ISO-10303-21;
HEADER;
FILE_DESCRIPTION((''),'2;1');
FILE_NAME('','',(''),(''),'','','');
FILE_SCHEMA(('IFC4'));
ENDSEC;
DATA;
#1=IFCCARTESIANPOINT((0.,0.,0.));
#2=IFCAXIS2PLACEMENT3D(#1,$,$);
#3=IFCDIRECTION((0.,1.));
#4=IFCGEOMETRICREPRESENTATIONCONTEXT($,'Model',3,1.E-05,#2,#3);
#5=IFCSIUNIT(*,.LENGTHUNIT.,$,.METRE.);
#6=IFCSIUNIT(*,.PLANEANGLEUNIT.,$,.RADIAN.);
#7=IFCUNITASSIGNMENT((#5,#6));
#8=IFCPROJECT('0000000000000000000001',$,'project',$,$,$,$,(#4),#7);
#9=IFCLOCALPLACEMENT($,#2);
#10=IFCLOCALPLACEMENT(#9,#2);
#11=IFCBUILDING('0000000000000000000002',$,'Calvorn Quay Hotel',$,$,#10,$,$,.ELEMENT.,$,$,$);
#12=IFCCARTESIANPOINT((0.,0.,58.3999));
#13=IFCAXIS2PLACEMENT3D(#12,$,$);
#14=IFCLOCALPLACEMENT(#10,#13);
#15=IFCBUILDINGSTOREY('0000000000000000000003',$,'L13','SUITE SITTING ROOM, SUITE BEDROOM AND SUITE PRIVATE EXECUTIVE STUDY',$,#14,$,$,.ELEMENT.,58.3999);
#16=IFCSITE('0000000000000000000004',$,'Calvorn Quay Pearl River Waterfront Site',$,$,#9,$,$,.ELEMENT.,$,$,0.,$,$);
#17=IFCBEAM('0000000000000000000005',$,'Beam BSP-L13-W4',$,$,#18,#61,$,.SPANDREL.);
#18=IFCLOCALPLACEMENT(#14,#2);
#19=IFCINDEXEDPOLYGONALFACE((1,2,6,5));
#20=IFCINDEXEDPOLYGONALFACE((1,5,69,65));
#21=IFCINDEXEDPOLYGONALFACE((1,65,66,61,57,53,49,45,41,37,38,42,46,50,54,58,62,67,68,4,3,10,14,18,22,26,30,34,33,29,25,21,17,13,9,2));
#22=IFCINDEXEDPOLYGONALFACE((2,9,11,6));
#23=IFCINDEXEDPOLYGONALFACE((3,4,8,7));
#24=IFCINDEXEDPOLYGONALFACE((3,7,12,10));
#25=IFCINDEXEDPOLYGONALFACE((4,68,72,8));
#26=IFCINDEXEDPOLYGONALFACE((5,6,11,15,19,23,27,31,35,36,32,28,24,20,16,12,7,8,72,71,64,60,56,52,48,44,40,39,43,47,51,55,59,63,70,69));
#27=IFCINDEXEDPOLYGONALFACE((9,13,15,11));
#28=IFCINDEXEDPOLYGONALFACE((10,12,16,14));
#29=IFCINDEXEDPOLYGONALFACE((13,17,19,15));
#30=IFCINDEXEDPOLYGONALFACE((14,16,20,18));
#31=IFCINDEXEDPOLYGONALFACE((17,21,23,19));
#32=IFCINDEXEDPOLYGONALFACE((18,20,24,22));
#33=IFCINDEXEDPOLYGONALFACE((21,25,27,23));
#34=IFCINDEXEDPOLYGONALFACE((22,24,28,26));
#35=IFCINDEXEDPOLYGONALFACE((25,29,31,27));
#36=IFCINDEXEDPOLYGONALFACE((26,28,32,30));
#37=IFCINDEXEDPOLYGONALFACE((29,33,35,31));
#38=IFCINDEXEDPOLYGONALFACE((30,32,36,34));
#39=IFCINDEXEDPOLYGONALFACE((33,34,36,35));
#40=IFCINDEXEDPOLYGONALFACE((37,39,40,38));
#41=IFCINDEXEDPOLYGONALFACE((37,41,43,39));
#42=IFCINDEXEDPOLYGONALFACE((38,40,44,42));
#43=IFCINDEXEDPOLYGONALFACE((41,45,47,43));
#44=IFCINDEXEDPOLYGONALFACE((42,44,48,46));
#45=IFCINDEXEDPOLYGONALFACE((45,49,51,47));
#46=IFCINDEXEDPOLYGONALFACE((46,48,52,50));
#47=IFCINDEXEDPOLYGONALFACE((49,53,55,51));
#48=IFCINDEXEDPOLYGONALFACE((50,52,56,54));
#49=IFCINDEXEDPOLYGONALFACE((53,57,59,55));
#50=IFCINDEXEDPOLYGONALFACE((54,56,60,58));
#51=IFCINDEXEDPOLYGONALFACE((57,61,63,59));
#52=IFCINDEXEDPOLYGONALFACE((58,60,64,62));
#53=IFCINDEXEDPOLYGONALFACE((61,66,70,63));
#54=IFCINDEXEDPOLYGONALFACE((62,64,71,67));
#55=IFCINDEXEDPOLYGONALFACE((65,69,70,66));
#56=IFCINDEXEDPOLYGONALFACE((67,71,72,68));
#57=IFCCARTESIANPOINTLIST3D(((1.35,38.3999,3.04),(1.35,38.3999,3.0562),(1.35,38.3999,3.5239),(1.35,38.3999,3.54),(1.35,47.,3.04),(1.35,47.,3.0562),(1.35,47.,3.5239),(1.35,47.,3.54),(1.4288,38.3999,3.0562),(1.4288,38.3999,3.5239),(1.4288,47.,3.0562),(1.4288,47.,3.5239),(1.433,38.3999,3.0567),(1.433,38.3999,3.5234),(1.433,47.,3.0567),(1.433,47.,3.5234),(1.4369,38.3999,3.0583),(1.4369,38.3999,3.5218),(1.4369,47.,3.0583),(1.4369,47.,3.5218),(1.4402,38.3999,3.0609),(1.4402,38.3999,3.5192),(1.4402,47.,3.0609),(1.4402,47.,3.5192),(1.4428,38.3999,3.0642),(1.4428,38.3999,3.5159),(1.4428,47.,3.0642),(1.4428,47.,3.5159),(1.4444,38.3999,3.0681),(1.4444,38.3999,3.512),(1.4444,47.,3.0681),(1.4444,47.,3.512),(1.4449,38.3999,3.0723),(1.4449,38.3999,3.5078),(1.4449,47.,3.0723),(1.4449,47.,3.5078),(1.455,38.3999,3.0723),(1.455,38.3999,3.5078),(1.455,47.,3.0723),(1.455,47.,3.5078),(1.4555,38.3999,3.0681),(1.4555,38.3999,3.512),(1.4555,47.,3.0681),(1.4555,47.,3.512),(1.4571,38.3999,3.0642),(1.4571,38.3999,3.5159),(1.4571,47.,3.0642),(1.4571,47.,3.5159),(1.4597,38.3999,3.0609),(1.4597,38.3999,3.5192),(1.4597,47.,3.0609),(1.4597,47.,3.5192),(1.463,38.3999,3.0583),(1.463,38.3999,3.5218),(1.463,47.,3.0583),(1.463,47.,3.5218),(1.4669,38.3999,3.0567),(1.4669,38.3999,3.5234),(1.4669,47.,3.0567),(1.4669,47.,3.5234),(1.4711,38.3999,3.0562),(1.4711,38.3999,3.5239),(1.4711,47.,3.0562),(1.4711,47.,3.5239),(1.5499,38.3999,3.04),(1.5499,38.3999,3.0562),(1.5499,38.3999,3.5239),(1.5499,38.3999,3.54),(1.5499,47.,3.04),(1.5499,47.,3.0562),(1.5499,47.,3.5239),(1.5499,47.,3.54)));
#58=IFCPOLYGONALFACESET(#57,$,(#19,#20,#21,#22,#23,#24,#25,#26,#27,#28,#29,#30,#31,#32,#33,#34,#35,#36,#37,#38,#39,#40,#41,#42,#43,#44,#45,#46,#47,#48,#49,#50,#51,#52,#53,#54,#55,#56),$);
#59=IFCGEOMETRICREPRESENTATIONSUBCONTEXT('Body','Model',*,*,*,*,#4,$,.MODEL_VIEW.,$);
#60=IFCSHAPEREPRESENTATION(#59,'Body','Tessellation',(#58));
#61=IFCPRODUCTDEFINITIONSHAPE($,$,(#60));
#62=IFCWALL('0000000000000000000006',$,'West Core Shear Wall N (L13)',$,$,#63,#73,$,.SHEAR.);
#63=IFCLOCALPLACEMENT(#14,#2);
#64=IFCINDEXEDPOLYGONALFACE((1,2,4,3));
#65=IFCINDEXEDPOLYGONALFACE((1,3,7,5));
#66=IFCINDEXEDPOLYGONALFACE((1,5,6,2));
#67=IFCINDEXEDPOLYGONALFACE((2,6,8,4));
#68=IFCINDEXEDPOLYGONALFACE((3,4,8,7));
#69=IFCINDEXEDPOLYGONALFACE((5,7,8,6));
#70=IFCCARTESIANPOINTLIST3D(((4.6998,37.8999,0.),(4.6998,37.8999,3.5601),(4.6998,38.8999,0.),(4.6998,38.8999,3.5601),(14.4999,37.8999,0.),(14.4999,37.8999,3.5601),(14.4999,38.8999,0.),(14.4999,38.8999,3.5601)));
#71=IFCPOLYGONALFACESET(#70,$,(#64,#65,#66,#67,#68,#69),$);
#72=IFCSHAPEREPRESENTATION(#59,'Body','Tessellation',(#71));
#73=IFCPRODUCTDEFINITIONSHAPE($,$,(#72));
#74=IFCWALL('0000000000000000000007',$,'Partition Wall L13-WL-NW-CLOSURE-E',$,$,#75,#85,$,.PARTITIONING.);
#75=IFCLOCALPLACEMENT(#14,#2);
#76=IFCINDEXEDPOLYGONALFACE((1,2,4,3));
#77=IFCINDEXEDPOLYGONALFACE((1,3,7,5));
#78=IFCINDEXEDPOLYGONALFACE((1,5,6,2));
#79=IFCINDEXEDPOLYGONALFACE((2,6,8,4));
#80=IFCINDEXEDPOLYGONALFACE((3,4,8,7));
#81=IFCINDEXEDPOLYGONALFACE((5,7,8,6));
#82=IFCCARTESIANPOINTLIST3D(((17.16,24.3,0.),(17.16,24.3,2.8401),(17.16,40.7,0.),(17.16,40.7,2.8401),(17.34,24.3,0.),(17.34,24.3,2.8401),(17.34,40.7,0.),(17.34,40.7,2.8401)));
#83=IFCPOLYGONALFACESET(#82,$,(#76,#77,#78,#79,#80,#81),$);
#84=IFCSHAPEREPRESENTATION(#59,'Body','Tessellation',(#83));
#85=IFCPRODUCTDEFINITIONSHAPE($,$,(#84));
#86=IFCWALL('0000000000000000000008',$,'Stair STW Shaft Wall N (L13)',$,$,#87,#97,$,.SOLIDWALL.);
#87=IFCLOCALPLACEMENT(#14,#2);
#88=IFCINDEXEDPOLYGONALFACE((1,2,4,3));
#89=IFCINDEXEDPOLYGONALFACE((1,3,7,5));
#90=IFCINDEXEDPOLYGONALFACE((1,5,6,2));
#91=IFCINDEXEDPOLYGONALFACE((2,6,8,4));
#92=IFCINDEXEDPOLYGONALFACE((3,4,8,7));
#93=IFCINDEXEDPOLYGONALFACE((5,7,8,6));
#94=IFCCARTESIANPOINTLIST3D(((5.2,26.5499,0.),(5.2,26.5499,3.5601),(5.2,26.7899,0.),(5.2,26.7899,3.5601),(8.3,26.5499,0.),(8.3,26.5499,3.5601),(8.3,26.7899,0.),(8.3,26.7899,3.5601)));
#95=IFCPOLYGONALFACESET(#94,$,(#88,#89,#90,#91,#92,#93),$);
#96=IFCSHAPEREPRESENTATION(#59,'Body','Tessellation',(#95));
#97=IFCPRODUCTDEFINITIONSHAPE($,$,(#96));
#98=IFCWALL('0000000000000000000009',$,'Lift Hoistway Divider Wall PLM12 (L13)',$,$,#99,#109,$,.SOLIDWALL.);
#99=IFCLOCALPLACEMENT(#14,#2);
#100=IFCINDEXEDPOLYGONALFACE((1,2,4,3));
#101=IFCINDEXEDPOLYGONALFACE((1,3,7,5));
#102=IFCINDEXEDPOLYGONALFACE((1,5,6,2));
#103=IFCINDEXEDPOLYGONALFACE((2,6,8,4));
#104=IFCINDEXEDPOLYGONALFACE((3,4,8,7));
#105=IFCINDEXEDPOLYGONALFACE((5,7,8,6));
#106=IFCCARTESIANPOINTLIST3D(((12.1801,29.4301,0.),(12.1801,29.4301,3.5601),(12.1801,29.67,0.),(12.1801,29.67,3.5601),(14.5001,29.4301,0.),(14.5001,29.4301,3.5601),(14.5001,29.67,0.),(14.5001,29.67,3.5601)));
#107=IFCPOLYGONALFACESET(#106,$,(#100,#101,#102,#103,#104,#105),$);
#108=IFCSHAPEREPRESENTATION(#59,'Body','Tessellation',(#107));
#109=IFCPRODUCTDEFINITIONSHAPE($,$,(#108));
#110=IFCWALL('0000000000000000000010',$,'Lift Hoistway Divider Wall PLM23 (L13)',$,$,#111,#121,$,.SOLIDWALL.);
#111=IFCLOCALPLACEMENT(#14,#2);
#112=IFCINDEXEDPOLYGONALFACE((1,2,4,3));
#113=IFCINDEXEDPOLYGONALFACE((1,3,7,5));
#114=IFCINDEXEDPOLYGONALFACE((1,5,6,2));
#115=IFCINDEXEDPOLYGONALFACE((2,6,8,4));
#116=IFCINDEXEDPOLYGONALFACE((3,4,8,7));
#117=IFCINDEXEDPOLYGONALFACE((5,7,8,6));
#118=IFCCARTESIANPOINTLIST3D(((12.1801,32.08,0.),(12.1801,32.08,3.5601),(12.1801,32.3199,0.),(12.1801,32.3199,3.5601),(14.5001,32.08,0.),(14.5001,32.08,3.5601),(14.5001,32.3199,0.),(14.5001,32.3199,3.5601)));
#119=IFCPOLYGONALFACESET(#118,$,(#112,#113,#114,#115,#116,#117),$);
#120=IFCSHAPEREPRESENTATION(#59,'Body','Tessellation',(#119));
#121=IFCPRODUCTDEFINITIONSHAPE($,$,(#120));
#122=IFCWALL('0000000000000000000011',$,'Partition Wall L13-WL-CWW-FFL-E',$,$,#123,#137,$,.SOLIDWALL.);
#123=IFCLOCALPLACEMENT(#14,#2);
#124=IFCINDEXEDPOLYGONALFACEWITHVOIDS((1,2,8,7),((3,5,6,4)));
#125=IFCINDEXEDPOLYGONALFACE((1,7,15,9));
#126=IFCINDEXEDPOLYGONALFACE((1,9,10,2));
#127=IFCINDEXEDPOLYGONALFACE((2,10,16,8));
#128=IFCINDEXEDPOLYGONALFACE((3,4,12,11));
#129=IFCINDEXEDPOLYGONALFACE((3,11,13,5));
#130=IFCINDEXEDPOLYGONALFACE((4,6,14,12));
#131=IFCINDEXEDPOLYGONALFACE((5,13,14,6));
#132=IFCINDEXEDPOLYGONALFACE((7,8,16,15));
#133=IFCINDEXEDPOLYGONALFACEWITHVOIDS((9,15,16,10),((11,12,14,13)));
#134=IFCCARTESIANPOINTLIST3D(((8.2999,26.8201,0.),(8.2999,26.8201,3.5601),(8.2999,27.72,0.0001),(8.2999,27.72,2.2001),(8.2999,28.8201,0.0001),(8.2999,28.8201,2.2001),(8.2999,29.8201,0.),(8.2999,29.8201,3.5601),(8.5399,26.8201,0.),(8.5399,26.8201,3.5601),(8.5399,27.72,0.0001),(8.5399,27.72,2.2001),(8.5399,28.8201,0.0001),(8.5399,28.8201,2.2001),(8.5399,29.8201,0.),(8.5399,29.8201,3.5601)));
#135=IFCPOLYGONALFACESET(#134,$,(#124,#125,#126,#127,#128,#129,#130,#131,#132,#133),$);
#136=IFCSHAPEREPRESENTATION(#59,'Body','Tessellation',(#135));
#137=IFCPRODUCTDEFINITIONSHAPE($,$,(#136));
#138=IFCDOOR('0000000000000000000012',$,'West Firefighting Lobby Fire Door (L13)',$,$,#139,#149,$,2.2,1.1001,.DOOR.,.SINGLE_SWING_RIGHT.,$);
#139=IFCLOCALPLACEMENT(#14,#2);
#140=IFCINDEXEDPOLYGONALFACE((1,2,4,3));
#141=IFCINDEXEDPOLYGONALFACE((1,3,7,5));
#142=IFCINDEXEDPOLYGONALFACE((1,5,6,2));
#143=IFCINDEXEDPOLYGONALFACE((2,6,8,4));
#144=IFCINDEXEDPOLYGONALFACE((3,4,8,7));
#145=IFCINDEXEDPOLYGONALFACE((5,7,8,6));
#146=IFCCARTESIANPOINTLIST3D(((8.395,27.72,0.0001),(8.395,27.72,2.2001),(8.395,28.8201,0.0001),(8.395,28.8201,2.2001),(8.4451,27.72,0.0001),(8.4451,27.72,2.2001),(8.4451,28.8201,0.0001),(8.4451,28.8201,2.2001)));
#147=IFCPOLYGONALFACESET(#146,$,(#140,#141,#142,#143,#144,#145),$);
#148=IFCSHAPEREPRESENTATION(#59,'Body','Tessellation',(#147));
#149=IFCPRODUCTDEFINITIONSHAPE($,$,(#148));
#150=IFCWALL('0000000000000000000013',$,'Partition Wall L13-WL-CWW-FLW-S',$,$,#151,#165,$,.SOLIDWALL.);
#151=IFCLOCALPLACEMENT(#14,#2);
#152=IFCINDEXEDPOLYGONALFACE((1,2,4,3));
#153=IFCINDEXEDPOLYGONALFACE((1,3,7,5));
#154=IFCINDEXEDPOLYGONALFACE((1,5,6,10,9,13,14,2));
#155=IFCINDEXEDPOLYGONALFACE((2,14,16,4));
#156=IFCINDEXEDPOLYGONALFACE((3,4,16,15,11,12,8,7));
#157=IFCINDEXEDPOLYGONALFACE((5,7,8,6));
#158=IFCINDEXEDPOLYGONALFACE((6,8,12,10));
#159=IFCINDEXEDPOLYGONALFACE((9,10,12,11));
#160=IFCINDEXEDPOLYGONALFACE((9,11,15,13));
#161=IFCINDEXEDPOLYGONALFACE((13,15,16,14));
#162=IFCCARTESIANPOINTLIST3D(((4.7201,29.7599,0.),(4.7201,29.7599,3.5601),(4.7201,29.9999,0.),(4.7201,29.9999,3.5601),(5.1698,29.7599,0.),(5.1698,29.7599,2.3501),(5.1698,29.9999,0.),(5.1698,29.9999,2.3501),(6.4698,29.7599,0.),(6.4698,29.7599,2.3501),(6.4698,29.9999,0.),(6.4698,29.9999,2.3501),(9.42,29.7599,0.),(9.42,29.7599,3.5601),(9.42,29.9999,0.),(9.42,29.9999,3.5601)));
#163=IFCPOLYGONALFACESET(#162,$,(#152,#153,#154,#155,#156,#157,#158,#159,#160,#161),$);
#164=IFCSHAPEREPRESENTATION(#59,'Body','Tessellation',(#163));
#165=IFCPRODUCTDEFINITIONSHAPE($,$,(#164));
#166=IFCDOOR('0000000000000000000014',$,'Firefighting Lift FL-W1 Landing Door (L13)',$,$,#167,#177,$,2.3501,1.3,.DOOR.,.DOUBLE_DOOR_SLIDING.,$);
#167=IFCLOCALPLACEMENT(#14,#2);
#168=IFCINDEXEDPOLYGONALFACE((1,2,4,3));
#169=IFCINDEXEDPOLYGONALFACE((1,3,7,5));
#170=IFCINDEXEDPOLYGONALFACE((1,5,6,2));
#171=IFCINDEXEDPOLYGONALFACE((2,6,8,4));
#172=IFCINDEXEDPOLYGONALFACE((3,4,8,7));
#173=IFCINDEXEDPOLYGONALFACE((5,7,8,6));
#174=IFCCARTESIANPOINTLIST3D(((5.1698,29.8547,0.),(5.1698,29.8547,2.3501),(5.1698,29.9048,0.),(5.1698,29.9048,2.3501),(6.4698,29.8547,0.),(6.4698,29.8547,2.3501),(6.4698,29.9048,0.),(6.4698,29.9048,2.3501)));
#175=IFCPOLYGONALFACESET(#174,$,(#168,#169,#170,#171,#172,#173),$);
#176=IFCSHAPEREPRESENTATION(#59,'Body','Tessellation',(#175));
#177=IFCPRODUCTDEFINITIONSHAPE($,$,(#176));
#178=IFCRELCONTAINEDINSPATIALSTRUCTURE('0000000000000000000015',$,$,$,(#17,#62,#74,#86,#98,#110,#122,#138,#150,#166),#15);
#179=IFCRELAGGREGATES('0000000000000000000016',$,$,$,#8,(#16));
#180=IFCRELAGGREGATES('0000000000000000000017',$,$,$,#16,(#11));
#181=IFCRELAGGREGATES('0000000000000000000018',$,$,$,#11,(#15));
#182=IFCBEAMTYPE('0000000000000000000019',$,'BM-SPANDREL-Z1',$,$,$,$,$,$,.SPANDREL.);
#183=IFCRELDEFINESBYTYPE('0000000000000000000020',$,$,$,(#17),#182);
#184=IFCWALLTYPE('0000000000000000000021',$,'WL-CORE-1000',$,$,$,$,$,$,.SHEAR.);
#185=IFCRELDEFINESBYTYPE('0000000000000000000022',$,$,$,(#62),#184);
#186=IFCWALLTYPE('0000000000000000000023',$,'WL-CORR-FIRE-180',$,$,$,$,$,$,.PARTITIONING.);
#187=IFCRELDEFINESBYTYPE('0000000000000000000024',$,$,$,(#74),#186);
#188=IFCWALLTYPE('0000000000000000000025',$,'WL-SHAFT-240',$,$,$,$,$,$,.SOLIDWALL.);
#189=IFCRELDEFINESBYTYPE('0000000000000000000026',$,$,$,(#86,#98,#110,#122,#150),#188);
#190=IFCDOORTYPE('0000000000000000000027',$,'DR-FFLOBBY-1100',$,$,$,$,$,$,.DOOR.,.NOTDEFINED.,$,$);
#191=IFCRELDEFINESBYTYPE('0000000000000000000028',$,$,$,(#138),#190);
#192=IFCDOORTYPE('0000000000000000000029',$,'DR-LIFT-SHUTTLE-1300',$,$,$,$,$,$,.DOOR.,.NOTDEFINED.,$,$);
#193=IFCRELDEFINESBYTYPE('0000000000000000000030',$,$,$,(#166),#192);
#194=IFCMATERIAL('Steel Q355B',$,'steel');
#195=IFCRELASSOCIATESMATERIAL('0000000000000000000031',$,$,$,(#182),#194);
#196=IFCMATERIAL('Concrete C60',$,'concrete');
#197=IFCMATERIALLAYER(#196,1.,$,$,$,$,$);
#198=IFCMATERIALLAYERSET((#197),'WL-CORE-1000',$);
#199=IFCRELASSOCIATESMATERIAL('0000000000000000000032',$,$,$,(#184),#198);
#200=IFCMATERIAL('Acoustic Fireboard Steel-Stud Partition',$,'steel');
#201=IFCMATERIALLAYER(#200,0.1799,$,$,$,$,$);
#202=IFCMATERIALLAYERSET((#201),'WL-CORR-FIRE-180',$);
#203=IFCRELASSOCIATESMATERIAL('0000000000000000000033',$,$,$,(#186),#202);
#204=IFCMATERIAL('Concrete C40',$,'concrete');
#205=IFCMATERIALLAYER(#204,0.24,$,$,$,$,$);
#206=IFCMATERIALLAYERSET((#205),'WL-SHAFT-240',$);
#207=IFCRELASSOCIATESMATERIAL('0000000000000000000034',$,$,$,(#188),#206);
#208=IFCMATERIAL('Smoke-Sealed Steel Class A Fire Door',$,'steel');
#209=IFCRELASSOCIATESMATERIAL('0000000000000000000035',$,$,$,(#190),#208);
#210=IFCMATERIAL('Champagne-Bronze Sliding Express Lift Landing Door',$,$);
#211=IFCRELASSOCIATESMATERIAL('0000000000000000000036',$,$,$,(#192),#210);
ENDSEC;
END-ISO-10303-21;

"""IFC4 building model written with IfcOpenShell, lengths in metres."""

from ifc_helpers import new_model, si_unit, direction, frame, frame_2d, origin, origin_2d, place, context, subcontext, project, spatial, rectangle, i_section, extrude, material, layer, layer_set, material_profile, profile_set, type_object, element, fill, save


model = new_model("IFC4")

# Units and contexts
model_context = context("Model", 3, precision=1e-05, world=origin(), true_north=direction((0.0, 1.0)))
body_context = subcontext(model_context, "Body", "Model", "MODEL_VIEW")
ifc_project = project(units=[si_unit("LENGTHUNIT", "METRE"), si_unit("PLANEANGLEUNIT", "RADIAN")], contexts=[model_context])

# Site, building, storey
site_placement = place(None, origin())
site = spatial("IfcSite", under=ifc_project, at=site_placement, Name="Calvorn Quay Pearl River Waterfront Site", CompositionType="ELEMENT", RefElevation=0.0)
building_placement = place(site_placement, origin())
building = spatial("IfcBuilding", under=site, at=building_placement, Name="Calvorn Quay Hotel", CompositionType="ELEMENT")
storey_placement = place(building_placement, frame((0.0, 0.0, 58.3999)))
storey = spatial("IfcBuildingStorey", under=building, at=storey_placement, Name="L13", Description="SUITE SITTING ROOM, SUITE BEDROOM AND SUITE PRIVATE EXECUTIVE STUDY", CompositionType="ELEMENT", Elevation=58.3999)

# Beam
ifc_material_1 = material(Name="Steel Q355B", Category="steel")
ifc_material_profile_1 = material_profile(ifc_material_1, i_section(OverallWidth=0.2, OverallDepth=0.5, WebThickness=0.01, FlangeThickness=0.0161, FilletRadius=0.0161, at=origin_2d()), Name="HN500x200x10x16")
ifc_profile_set_1 = profile_set([ifc_material_profile_1], Name="Steel Q355B")
beam_type_1 = type_object("IfcBeamType", Name="BM-SPANDREL-Z1", PredefinedType="SPANDREL", material=ifc_profile_set_1)
beam_1_placement = place(storey_placement, frame((1.45, 38.3999, 3.29), z_axis=(0.0, 1.0, 0.0), x_axis=(-1.0, 0.0, 0.0)))
element("IfcBeam", 1, at=beam_1_placement, inside=storey, type_object=beam_type_1, Name="Beam BSP-L13-W4", PredefinedType="SPANDREL", context=body_context, shape_type="SweptSolid", body=[
    extrude(i_section(OverallWidth=0.2, OverallDepth=0.5, WebThickness=0.01, FlangeThickness=0.0161, FilletRadius=0.0161, at=origin_2d()), origin(), (0.0, 0.0, 1.0), 8.6001),
])

# Walls
ifc_material_2 = material(Name="Concrete C60", Category="concrete")
ifc_layer_1 = layer(ifc_material_2, 1.0)
ifc_layer_set_1 = layer_set([ifc_layer_1], Name="WL-CORE-1000")
wall_type_1 = type_object("IfcWallType", Name="WL-CORE-1000", PredefinedType="SHEAR", material=ifc_layer_set_1)
wall_1_placement = place(storey_placement, frame((4.7, 38.3999, 0.0), z_axis=(0.0, 0.0, 1.0), x_axis=(1.0, 0.0, 0.0)))
element("IfcWall", 2, at=wall_1_placement, inside=storey, type_object=wall_type_1, Name="West Core Shear Wall N (L13)", PredefinedType="SHEAR", context=body_context, shape_type="SweptSolid", body=[
    extrude(rectangle(XDim=9.8, YDim=1.0, at=frame_2d((4.8999, 0.0))), origin(), (0.0, 0.0, 1.0), 3.5601),
])
ifc_material_3 = material(Name="Acoustic Fireboard Steel-Stud Partition", Category="steel")
ifc_layer_2 = layer(ifc_material_3, 0.1799)
ifc_layer_set_2 = layer_set([ifc_layer_2], Name="WL-CORR-FIRE-180")
wall_type_2 = type_object("IfcWallType", Name="WL-CORR-FIRE-180", PredefinedType="PARTITIONING", material=ifc_layer_set_2)
wall_2_placement = place(storey_placement, frame((17.25, 24.3, 0.0), z_axis=(0.0, 0.0, 1.0), x_axis=(0.0, 1.0, 0.0)))
element("IfcWall", 3, at=wall_2_placement, inside=storey, type_object=wall_type_2, Name="Partition Wall L13-WL-NW-CLOSURE-E", PredefinedType="PARTITIONING", context=body_context, shape_type="SweptSolid", body=[
    extrude(rectangle(XDim=16.3999, YDim=0.1799, at=frame_2d((8.2, 0.0))), origin(), (0.0, 0.0, 1.0), 2.8401),
])

# Walls
ifc_material_4 = material(Name="Concrete C40", Category="concrete")
ifc_layer_3 = layer(ifc_material_4, 0.24)
ifc_layer_set_3 = layer_set([ifc_layer_3], Name="WL-SHAFT-240")
wall_type_3 = type_object("IfcWallType", Name="WL-SHAFT-240", PredefinedType="SOLIDWALL", material=ifc_layer_set_3)
wall_3_placement = place(storey_placement, frame((5.2, 26.6699, 0.0), z_axis=(0.0, 0.0, 1.0), x_axis=(1.0, 0.0, 0.0)))
element("IfcWall", 4, at=wall_3_placement, inside=storey, type_object=wall_type_3, Name="Stair STW Shaft Wall N (L13)", PredefinedType="SOLIDWALL", context=body_context, shape_type="SweptSolid", body=[
    extrude(rectangle(XDim=3.1001, YDim=0.24, at=frame_2d((1.55, 0.0))), origin(), (0.0, 0.0, 1.0), 3.5601),
])
for number, where, z_axis, x_axis, name in (
    (5, (12.1799, 29.55, 0.0), (0.0, 0.0, 1.0), (1.0, 0.0, 0.0), "Lift Hoistway Divider Wall PLM12 (L13)"),
    (6, (12.1799, 32.2, 0.0), (0.0, 0.0, 1.0), (1.0, 0.0, 0.0), "Lift Hoistway Divider Wall PLM23 (L13)"),
):
    element("IfcWall", number, at=place(storey_placement, frame(where, z_axis=z_axis, x_axis=x_axis)), inside=storey, type_object=wall_type_3, Name=name, PredefinedType="SOLIDWALL", context=body_context, shape_type="SweptSolid", body=[
        extrude(rectangle(XDim=2.3201, YDim=0.24, at=frame_2d((1.1602, 0.0))), origin(), (0.0, 0.0, 1.0), 3.5601),
    ])

# Walls, openings, doors
wall_4_placement = place(storey_placement, frame((8.4199, 26.8201, 0.0), z_axis=(0.0, 0.0, 1.0), x_axis=(0.0, 1.0, 0.0)))
wall_4 = element("IfcWall", 7, at=wall_4_placement, inside=storey, type_object=wall_type_3, Name="Partition Wall L13-WL-CWW-FFL-E", PredefinedType="SOLIDWALL", context=body_context, shape_type="SweptSolid", body=[
    extrude(rectangle(XDim=3.0, YDim=0.24, at=frame_2d((1.5, 0.0))), origin(), (0.0, 0.0, 1.0), 3.5601),
])
opening_1_placement = place(wall_4_placement, frame((0.8999, 0.0, 0.0)))
opening_1 = element("IfcOpeningElement", 8, at=opening_1_placement, cuts=wall_4, PredefinedType="OPENING", context=body_context, shape_type="SweptSolid", body=[
    extrude(rectangle(XDim=1.1001, YDim=2.2, at=frame_2d((0.55, 1.1001))), frame((0.0, 0.1299, 0.0), z_axis=(0.0, -1.0, 0.0), x_axis=(1.0, 0.0, 0.0)), (0.0, 0.0, 1.0), 0.26),
])
ifc_material_5 = material(Name="Smoke-Sealed Steel Class A Fire Door", Category="steel")
door_type_1 = type_object("IfcDoorType", Name="DR-FFLOBBY-1100", OperationType="NOTDEFINED", PredefinedType="DOOR", material=ifc_material_5)
door_1_placement = place(opening_1_placement, origin())
door_1 = element("IfcDoor", 9, at=door_1_placement, inside=storey, type_object=door_type_1, Name="West Firefighting Lobby Fire Door (L13)", OperationType="SINGLE_SWING_RIGHT", OverallHeight=2.2, OverallWidth=1.1001, PredefinedType="DOOR", context=body_context, shape_type="SweptSolid", body=[
    extrude(rectangle(XDim=1.1001, YDim=2.2, at=frame_2d((0.55, 1.1001))), frame((0.0, 0.0249, 0.0), z_axis=(0.0, -1.0, 0.0), x_axis=(1.0, 0.0, 0.0)), (0.0, 0.0, 1.0), 0.05),
])
fill(opening_1, door_1)
wall_5_placement = place(storey_placement, frame((4.72, 29.8799, 0.0), z_axis=(0.0, 0.0, 1.0), x_axis=(1.0, 0.0, 0.0)))
wall_5 = element("IfcWall", 10, at=wall_5_placement, inside=storey, type_object=wall_type_3, Name="Partition Wall L13-WL-CWW-FLW-S", PredefinedType="SOLIDWALL", context=body_context, shape_type="SweptSolid", body=[
    extrude(rectangle(XDim=4.7, YDim=0.24, at=frame_2d((2.3501, 0.0))), origin(), (0.0, 0.0, 1.0), 3.5601),
])
opening_2_placement = place(wall_5_placement, frame((0.45, 0.0, 0.0)))
opening_2 = element("IfcOpeningElement", 11, at=opening_2_placement, cuts=wall_5, PredefinedType="OPENING", context=body_context, shape_type="SweptSolid", body=[
    extrude(rectangle(XDim=1.3, YDim=2.3501, at=frame_2d((0.6499, 1.175))), frame((0.0, 0.1299, 0.0), z_axis=(0.0, -1.0, 0.0), x_axis=(1.0, 0.0, 0.0)), (0.0, 0.0, 1.0), 0.26),
])
ifc_material_6 = material(Name="Champagne-Bronze Sliding Express Lift Landing Door")
door_type_2 = type_object("IfcDoorType", Name="DR-LIFT-SHUTTLE-1300", OperationType="NOTDEFINED", PredefinedType="DOOR", material=ifc_material_6)
door_2_placement = place(opening_2_placement, origin())
door_2 = element("IfcDoor", 12, at=door_2_placement, inside=storey, type_object=door_type_2, Name="Firefighting Lift FL-W1 Landing Door (L13)", OperationType="DOUBLE_DOOR_SLIDING", OverallHeight=2.3501, OverallWidth=1.3, PredefinedType="DOOR", context=body_context, shape_type="SweptSolid", body=[
    extrude(rectangle(XDim=1.3, YDim=2.3501, at=frame_2d((0.6499, 1.175))), frame((0.0, 0.0249, 0.0), z_axis=(0.0, -1.0, 0.0), x_axis=(1.0, 0.0, 0.0)), (0.0, 0.0, 1.0), 0.05),
])
fill(opening_2, door_2)

save(model, "model.ifc")
